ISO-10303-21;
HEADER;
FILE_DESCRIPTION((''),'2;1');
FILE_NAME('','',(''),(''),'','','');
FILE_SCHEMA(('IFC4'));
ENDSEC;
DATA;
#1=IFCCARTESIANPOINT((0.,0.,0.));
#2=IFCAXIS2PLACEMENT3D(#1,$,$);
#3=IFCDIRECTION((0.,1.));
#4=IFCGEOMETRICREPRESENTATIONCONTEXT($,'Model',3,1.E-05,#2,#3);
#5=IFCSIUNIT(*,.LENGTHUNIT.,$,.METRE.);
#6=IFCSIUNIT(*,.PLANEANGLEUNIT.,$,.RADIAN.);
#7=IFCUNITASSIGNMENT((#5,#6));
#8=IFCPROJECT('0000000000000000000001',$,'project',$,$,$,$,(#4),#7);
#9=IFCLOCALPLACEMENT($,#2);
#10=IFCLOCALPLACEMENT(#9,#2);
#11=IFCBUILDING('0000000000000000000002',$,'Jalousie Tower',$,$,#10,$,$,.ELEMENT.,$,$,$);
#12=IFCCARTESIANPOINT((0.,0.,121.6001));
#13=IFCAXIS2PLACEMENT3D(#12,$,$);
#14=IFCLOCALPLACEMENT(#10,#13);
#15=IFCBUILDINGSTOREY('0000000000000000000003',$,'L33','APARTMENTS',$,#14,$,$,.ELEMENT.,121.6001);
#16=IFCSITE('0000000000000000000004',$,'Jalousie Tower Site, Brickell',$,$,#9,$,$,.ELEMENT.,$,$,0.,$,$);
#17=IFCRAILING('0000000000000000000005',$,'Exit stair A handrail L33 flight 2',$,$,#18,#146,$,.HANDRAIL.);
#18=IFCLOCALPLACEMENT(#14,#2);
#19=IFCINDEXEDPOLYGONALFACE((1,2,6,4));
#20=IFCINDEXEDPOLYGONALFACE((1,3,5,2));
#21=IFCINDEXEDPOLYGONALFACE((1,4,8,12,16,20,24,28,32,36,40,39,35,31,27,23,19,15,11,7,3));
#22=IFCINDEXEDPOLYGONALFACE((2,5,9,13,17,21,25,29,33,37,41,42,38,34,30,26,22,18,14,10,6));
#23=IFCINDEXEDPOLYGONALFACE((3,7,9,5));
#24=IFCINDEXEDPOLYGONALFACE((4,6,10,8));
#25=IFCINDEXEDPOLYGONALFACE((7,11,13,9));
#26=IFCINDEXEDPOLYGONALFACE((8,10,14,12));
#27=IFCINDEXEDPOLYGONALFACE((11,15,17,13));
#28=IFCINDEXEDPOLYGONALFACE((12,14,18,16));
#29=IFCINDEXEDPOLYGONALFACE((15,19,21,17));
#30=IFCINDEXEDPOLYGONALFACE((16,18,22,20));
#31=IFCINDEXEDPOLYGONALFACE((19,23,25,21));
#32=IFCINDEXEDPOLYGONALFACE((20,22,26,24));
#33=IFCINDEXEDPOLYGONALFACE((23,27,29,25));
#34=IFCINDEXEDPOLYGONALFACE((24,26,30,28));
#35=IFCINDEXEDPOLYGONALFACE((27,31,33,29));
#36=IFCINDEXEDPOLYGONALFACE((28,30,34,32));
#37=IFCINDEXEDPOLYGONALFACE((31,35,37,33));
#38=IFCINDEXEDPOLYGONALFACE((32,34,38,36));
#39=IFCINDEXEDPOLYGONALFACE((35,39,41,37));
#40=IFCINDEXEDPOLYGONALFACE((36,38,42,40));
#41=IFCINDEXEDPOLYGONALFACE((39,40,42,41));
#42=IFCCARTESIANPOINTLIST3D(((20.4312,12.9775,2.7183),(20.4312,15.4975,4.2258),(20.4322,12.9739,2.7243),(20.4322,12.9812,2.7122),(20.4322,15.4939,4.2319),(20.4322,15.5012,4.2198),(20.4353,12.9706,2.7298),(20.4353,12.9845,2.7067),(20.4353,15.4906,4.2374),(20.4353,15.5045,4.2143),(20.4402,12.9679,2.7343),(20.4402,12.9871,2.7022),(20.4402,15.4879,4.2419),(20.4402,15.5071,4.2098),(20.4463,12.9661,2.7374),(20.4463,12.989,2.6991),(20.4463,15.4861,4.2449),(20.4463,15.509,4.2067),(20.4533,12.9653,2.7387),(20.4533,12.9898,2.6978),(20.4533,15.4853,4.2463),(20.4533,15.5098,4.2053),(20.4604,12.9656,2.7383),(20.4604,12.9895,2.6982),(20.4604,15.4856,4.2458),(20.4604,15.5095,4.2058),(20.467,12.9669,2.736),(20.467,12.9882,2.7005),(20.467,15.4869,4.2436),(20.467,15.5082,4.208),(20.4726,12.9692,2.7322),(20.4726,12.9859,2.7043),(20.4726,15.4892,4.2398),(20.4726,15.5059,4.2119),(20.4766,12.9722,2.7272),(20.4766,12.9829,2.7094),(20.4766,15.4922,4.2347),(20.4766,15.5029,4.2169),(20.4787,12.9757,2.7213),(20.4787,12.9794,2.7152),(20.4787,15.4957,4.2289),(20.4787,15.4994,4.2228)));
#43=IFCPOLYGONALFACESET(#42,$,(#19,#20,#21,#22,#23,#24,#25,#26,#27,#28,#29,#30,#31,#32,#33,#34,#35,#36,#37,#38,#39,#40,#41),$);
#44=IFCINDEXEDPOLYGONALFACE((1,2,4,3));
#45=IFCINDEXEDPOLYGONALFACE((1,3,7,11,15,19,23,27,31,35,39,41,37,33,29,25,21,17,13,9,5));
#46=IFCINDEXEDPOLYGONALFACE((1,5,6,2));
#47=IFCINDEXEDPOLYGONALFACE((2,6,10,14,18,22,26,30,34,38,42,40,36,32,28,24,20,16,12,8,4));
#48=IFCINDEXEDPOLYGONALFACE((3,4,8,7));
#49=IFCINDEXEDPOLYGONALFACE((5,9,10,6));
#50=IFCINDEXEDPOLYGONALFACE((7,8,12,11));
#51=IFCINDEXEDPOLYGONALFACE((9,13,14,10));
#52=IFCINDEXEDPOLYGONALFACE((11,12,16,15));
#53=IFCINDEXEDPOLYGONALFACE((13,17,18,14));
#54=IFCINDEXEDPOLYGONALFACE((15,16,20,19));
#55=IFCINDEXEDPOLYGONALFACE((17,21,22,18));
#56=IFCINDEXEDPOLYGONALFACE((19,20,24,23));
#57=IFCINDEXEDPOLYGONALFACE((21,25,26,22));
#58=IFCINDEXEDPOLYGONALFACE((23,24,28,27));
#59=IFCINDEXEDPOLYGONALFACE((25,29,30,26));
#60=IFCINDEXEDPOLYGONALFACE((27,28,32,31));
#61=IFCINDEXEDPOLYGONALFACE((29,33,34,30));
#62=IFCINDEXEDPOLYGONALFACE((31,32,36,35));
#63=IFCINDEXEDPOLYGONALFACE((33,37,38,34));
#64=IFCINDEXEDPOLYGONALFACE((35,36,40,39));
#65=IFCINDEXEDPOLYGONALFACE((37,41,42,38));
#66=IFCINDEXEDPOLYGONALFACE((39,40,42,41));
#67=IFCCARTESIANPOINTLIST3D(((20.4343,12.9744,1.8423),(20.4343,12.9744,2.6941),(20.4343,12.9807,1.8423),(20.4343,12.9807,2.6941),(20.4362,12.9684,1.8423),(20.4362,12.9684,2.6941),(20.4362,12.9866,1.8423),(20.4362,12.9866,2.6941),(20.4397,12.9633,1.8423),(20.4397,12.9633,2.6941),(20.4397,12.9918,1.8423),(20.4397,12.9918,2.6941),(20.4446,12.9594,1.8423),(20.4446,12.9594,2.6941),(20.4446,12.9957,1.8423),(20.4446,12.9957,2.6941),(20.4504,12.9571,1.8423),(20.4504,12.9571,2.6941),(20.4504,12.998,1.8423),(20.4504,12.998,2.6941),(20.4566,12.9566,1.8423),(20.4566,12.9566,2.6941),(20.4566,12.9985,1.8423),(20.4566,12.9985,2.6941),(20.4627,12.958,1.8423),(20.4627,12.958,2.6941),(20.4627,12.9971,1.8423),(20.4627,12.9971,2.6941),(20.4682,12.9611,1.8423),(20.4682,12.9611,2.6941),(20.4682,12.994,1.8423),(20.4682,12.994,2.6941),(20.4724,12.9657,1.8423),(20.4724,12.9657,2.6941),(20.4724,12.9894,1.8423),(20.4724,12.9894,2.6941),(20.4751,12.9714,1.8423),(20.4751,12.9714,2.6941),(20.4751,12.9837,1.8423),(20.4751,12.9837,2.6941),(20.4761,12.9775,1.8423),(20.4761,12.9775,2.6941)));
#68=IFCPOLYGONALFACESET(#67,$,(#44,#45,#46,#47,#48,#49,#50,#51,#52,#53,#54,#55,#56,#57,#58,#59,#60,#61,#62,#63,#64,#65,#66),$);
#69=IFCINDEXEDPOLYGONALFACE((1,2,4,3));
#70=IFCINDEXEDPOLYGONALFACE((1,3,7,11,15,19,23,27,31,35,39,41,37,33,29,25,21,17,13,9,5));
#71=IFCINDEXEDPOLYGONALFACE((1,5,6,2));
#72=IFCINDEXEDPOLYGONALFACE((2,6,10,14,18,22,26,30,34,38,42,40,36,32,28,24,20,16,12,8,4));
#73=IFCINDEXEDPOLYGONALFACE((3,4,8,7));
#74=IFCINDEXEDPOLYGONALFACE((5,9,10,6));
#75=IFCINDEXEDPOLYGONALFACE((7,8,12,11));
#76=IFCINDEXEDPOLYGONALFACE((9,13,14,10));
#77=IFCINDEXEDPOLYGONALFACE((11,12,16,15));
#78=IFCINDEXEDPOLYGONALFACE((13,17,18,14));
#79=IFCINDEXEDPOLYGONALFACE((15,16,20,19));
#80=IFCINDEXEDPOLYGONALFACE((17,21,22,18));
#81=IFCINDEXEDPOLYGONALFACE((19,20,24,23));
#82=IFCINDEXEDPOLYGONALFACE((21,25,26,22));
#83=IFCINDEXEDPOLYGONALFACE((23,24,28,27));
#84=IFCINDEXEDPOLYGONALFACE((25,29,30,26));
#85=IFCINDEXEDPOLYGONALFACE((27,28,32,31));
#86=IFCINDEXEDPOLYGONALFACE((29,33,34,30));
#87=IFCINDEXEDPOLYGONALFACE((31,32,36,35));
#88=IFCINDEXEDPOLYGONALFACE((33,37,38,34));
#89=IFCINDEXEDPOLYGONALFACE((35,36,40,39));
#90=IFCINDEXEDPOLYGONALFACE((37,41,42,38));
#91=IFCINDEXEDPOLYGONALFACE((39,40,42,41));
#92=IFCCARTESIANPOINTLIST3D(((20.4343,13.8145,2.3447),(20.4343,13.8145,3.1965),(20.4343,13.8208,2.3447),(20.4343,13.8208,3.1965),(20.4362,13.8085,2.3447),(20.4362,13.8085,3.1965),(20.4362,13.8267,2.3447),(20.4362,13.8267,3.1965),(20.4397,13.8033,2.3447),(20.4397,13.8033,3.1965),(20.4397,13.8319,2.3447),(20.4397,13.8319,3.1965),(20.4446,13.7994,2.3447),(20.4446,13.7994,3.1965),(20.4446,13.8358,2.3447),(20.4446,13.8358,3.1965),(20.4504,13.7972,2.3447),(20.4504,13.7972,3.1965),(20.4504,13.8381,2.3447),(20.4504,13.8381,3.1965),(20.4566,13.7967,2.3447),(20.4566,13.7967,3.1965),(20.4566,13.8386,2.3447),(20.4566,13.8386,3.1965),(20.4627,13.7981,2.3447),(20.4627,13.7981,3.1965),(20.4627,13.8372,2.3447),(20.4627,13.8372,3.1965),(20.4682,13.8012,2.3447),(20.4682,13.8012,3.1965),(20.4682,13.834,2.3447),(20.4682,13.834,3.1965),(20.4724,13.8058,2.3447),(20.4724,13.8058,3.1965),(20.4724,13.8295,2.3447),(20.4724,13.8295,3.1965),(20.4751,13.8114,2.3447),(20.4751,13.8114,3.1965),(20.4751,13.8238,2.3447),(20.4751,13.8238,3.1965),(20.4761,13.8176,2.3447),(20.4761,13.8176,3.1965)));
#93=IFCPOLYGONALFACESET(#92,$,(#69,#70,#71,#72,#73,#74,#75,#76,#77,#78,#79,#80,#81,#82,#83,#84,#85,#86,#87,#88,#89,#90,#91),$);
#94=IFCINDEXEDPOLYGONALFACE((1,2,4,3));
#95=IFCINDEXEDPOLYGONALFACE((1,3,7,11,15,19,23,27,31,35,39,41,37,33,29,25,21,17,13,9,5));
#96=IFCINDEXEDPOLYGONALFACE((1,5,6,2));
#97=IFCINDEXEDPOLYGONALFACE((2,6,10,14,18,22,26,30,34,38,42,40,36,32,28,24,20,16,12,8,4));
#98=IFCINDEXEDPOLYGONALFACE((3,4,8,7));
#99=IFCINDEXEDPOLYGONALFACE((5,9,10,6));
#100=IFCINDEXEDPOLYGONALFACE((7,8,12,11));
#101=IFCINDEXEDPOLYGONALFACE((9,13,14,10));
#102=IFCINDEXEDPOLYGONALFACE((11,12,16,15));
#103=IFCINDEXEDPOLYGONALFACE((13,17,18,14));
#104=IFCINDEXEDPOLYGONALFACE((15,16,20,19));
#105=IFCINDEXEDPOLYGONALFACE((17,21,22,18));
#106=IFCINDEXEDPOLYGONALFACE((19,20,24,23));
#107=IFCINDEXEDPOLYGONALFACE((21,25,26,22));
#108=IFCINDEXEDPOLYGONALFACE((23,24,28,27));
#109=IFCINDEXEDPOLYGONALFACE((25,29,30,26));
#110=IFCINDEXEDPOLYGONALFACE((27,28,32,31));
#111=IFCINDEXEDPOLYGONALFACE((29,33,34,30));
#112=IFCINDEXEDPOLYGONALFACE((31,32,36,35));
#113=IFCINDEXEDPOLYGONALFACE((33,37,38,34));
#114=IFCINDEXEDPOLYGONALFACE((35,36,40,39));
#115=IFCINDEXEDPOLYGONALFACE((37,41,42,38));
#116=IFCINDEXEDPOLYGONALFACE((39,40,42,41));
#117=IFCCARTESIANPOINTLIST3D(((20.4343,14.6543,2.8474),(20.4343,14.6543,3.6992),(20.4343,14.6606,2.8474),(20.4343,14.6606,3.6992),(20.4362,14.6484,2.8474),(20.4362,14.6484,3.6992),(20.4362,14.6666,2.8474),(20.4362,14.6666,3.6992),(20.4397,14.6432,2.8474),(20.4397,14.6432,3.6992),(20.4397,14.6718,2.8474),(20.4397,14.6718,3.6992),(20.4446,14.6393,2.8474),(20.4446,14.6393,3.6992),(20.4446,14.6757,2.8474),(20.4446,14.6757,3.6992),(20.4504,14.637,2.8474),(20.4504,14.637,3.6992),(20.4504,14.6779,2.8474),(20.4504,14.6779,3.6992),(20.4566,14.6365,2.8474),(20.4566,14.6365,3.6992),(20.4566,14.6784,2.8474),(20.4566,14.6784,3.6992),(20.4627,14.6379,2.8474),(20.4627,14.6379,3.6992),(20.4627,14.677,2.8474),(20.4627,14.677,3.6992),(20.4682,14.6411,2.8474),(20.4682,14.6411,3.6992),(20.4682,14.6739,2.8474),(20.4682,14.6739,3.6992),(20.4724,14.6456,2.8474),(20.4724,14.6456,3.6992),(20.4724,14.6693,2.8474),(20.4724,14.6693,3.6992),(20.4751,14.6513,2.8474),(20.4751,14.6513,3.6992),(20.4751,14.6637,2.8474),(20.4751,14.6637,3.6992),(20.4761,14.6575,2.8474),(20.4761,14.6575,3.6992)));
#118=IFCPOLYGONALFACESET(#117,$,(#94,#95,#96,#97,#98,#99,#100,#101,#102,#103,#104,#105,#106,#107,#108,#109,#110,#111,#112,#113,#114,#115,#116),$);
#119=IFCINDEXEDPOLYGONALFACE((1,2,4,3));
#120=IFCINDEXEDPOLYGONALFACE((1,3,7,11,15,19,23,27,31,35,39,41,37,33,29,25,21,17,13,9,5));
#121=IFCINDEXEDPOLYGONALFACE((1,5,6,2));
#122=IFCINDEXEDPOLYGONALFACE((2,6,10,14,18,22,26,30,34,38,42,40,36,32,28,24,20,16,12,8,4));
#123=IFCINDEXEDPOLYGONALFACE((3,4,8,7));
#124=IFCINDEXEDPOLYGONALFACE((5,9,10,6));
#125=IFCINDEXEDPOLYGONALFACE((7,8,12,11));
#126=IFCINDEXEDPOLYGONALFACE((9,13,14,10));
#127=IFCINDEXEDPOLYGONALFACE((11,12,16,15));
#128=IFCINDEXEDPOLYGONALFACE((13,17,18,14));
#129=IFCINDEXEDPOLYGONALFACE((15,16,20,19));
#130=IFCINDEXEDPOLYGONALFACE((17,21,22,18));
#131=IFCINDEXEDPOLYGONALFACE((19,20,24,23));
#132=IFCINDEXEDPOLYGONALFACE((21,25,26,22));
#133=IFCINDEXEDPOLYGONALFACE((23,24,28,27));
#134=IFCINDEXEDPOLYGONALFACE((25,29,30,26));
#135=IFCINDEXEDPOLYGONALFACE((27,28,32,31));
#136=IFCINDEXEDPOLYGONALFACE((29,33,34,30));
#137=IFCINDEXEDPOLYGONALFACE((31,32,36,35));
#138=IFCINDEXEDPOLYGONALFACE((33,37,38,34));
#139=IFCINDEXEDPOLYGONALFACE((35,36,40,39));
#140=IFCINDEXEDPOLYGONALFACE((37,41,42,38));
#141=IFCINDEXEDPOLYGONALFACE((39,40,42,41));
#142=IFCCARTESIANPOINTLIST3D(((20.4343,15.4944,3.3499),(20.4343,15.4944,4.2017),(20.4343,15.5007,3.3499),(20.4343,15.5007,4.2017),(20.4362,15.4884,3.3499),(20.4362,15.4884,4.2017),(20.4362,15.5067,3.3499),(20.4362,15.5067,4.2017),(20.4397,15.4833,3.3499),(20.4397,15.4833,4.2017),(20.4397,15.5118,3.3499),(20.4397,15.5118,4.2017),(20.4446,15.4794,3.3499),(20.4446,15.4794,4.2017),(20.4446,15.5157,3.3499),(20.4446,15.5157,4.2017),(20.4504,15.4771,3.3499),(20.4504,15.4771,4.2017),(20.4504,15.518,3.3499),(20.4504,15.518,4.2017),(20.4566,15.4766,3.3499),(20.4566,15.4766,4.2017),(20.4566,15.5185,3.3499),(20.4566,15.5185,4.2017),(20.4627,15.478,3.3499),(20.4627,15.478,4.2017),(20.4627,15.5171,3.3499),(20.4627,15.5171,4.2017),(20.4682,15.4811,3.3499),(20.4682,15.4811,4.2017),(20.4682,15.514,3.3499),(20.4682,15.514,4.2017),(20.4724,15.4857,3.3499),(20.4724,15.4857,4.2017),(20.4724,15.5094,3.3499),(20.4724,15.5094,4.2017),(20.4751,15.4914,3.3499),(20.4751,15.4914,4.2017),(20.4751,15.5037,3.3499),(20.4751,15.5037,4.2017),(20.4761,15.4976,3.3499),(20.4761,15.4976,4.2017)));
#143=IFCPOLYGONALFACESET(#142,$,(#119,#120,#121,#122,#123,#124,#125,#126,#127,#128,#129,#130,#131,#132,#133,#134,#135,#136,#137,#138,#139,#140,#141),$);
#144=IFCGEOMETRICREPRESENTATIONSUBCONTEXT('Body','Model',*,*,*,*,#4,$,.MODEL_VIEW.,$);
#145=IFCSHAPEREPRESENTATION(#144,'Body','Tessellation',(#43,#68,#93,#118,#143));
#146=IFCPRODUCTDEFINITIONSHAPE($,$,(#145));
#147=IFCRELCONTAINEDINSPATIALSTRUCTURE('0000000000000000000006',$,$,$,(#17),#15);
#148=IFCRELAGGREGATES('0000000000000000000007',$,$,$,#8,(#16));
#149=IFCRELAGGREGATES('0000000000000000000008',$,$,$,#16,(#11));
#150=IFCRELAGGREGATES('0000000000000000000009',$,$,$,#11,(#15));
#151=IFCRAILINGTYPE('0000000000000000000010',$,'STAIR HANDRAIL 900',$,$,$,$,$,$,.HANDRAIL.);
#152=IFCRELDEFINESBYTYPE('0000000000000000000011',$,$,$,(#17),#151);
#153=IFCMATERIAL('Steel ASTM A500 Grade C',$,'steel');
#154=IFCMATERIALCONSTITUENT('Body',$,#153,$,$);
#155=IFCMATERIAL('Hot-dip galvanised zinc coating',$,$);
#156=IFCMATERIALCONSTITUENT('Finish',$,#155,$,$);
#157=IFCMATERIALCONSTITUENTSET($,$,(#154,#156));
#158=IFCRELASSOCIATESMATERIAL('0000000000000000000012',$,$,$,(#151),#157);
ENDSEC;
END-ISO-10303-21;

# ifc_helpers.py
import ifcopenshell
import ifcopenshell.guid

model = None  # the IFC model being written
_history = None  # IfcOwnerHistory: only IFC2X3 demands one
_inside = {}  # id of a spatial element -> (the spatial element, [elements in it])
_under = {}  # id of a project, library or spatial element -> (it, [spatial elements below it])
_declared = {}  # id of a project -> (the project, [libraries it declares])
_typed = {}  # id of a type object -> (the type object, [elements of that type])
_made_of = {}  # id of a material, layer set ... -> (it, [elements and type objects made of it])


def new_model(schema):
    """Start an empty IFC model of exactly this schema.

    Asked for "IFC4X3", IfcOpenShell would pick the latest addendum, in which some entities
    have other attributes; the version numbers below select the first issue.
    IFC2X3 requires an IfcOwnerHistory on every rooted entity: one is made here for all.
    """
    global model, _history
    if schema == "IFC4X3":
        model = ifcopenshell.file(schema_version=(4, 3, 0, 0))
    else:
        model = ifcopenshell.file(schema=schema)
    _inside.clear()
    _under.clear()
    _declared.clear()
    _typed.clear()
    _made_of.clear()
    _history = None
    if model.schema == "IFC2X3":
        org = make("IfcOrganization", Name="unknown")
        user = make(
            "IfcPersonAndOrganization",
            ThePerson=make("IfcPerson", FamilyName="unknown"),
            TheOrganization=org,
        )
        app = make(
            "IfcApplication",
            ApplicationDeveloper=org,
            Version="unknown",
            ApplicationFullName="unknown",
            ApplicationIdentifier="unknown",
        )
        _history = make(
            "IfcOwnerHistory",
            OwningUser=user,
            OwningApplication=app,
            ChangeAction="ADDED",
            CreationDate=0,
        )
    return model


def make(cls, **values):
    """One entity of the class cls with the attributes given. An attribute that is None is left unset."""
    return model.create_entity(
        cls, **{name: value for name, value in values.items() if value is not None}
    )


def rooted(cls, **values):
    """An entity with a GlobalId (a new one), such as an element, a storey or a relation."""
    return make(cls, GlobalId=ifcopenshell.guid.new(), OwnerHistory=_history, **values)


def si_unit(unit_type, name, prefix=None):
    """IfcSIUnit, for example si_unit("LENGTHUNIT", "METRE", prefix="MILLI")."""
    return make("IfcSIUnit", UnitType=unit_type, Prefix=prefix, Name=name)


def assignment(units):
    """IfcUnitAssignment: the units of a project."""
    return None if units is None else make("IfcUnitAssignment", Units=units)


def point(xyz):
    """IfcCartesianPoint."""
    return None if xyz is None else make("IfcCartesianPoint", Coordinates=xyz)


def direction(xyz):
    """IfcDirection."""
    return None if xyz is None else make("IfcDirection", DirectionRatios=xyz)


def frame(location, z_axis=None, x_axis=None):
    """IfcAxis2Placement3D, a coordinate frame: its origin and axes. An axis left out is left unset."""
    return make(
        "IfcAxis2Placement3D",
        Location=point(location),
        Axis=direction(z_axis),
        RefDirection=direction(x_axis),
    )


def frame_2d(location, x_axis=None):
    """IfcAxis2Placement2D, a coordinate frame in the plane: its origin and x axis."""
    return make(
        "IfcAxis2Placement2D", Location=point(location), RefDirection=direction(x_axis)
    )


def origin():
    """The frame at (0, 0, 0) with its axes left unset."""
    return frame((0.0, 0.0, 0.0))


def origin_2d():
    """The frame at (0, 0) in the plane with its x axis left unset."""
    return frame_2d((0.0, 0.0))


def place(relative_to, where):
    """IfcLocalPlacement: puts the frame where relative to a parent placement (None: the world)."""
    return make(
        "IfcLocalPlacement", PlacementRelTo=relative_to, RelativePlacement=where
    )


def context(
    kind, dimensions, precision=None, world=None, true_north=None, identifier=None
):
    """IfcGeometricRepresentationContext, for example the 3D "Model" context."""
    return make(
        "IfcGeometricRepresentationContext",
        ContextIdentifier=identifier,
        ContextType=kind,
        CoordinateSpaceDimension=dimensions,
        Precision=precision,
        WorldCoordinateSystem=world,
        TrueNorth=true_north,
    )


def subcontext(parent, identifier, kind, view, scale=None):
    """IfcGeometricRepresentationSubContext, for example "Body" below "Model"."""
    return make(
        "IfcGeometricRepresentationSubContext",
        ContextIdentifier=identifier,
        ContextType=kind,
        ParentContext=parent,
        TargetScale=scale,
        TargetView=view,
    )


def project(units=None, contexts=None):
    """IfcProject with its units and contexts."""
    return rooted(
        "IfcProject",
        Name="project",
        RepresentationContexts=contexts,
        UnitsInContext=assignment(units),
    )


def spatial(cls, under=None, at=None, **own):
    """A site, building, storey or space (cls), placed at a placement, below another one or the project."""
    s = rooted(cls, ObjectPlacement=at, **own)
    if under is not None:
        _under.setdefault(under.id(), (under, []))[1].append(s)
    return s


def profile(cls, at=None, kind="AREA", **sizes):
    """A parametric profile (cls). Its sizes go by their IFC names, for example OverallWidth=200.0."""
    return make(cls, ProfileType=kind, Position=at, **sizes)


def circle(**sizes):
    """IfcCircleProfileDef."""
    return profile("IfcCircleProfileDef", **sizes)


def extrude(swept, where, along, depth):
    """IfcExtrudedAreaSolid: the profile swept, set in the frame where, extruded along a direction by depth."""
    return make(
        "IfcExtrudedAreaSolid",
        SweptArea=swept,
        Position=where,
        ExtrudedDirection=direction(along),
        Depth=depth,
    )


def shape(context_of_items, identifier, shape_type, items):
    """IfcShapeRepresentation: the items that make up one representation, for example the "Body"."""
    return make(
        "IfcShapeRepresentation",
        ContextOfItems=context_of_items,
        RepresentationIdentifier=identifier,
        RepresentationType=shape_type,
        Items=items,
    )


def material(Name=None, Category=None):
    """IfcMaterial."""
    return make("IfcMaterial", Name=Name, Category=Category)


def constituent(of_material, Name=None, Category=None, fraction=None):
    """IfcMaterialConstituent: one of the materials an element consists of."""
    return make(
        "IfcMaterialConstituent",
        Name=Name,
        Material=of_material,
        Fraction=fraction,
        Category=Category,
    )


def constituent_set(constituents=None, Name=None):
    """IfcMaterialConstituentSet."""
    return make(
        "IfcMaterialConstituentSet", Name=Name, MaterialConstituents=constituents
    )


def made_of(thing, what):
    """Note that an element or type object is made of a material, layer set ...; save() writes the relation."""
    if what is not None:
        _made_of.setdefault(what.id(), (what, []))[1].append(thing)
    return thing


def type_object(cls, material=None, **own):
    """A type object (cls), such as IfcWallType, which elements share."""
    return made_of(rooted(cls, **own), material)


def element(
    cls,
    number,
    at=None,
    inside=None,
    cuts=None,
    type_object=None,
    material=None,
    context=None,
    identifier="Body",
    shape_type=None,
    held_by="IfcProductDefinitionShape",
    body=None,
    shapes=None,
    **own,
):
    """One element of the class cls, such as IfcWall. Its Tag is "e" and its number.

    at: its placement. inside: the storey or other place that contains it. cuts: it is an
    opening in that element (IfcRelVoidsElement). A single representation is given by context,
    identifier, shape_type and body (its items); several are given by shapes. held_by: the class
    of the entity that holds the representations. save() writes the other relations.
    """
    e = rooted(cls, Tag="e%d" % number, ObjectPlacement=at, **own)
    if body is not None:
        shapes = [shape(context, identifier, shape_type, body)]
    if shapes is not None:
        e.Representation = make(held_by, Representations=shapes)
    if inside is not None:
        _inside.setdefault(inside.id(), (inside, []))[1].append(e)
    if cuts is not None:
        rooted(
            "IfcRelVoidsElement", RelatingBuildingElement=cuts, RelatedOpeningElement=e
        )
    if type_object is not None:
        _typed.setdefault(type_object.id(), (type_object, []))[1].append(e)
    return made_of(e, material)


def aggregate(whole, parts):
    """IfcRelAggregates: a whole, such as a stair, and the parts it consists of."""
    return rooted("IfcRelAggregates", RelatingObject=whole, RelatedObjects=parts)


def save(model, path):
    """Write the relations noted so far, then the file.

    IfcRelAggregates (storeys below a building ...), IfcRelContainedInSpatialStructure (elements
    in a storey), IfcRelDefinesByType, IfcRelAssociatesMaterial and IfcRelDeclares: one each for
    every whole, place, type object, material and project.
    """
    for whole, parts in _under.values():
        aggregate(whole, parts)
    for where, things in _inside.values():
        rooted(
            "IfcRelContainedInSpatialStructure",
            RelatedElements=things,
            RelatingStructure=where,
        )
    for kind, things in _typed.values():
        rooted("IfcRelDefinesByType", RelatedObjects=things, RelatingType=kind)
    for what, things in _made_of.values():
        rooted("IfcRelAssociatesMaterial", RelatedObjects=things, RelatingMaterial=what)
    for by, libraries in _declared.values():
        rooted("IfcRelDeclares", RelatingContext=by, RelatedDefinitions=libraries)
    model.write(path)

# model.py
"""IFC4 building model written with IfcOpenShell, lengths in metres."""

from ifc_helpers import new_model, si_unit, direction, frame, origin, origin_2d, place, context, subcontext, project, spatial, circle, extrude, material, constituent, constituent_set, type_object, element, save


model = new_model("IFC4")

# Units and contexts
model_context = context("Model", 3, precision=1e-05, world=origin(), true_north=direction((0.0, 1.0)))
body_context = subcontext(model_context, "Body", "Model", "MODEL_VIEW")
ifc_project = project(units=[si_unit("LENGTHUNIT", "METRE"), si_unit("PLANEANGLEUNIT", "RADIAN")], contexts=[model_context])

# Site, building, storey
site_placement = place(None, origin())
site = spatial("IfcSite", under=ifc_project, at=site_placement, Name="Jalousie Tower Site, Brickell", CompositionType="ELEMENT", RefElevation=0.0)
building_placement = place(site_placement, origin())
building = spatial("IfcBuilding", under=site, at=building_placement, Name="Jalousie Tower", CompositionType="ELEMENT")
storey_placement = place(building_placement, frame((0.0, 0.0, 121.6001)))
storey = spatial("IfcBuildingStorey", under=building, at=storey_placement, Name="L33", Description="APARTMENTS", CompositionType="ELEMENT", Elevation=121.6001)

# Railing
ifc_material_1 = material(Name="Steel ASTM A500 Grade C", Category="steel")
ifc_constituent_1 = constituent(ifc_material_1, Name="Body")
ifc_material_2 = material(Name="Hot-dip galvanised zinc coating")
ifc_constituent_2 = constituent(ifc_material_2, Name="Finish")
ifc_constituent_set_1 = constituent_set(constituents=[ifc_constituent_1, ifc_constituent_2])
railing_type_1 = type_object("IfcRailingType", Name="STAIR HANDRAIL 900", PredefinedType="HANDRAIL", material=ifc_constituent_set_1)
railing_1_placement = place(storey_placement, frame((20.4551, 12.9775, 1.8423)))
element("IfcRailing", 1, at=railing_1_placement, inside=storey, type_object=railing_type_1, Name="Exit stair A handrail L33 flight 2", PredefinedType="HANDRAIL", context=body_context, shape_type="SweptSolid", body=[
    extrude(circle(Radius=0.0239, at=origin_2d()), frame((0.0, 0.0, 0.876), z_axis=(0.0, 0.85816, 0.513383), x_axis=(-1.0, 0.0, 0.0)), (0.0, 0.0, 1.0), 2.9365),
    extrude(circle(Radius=0.021, at=origin_2d()), origin(), (0.0, 0.0, 1.0), 0.8518),
    extrude(circle(Radius=0.021, at=origin_2d()), frame((0.0, 0.8401, 0.5024)), (0.0, 0.0, 1.0), 0.8518),
    extrude(circle(Radius=0.021, at=origin_2d()), frame((0.0, 1.6799, 1.0051)), (0.0, 0.0, 1.0), 0.8518),
    extrude(circle(Radius=0.021, at=origin_2d()), frame((0.0, 2.52, 1.5076)), (0.0, 0.0, 1.0), 0.8518),
])

save(model, "model.ifc")
